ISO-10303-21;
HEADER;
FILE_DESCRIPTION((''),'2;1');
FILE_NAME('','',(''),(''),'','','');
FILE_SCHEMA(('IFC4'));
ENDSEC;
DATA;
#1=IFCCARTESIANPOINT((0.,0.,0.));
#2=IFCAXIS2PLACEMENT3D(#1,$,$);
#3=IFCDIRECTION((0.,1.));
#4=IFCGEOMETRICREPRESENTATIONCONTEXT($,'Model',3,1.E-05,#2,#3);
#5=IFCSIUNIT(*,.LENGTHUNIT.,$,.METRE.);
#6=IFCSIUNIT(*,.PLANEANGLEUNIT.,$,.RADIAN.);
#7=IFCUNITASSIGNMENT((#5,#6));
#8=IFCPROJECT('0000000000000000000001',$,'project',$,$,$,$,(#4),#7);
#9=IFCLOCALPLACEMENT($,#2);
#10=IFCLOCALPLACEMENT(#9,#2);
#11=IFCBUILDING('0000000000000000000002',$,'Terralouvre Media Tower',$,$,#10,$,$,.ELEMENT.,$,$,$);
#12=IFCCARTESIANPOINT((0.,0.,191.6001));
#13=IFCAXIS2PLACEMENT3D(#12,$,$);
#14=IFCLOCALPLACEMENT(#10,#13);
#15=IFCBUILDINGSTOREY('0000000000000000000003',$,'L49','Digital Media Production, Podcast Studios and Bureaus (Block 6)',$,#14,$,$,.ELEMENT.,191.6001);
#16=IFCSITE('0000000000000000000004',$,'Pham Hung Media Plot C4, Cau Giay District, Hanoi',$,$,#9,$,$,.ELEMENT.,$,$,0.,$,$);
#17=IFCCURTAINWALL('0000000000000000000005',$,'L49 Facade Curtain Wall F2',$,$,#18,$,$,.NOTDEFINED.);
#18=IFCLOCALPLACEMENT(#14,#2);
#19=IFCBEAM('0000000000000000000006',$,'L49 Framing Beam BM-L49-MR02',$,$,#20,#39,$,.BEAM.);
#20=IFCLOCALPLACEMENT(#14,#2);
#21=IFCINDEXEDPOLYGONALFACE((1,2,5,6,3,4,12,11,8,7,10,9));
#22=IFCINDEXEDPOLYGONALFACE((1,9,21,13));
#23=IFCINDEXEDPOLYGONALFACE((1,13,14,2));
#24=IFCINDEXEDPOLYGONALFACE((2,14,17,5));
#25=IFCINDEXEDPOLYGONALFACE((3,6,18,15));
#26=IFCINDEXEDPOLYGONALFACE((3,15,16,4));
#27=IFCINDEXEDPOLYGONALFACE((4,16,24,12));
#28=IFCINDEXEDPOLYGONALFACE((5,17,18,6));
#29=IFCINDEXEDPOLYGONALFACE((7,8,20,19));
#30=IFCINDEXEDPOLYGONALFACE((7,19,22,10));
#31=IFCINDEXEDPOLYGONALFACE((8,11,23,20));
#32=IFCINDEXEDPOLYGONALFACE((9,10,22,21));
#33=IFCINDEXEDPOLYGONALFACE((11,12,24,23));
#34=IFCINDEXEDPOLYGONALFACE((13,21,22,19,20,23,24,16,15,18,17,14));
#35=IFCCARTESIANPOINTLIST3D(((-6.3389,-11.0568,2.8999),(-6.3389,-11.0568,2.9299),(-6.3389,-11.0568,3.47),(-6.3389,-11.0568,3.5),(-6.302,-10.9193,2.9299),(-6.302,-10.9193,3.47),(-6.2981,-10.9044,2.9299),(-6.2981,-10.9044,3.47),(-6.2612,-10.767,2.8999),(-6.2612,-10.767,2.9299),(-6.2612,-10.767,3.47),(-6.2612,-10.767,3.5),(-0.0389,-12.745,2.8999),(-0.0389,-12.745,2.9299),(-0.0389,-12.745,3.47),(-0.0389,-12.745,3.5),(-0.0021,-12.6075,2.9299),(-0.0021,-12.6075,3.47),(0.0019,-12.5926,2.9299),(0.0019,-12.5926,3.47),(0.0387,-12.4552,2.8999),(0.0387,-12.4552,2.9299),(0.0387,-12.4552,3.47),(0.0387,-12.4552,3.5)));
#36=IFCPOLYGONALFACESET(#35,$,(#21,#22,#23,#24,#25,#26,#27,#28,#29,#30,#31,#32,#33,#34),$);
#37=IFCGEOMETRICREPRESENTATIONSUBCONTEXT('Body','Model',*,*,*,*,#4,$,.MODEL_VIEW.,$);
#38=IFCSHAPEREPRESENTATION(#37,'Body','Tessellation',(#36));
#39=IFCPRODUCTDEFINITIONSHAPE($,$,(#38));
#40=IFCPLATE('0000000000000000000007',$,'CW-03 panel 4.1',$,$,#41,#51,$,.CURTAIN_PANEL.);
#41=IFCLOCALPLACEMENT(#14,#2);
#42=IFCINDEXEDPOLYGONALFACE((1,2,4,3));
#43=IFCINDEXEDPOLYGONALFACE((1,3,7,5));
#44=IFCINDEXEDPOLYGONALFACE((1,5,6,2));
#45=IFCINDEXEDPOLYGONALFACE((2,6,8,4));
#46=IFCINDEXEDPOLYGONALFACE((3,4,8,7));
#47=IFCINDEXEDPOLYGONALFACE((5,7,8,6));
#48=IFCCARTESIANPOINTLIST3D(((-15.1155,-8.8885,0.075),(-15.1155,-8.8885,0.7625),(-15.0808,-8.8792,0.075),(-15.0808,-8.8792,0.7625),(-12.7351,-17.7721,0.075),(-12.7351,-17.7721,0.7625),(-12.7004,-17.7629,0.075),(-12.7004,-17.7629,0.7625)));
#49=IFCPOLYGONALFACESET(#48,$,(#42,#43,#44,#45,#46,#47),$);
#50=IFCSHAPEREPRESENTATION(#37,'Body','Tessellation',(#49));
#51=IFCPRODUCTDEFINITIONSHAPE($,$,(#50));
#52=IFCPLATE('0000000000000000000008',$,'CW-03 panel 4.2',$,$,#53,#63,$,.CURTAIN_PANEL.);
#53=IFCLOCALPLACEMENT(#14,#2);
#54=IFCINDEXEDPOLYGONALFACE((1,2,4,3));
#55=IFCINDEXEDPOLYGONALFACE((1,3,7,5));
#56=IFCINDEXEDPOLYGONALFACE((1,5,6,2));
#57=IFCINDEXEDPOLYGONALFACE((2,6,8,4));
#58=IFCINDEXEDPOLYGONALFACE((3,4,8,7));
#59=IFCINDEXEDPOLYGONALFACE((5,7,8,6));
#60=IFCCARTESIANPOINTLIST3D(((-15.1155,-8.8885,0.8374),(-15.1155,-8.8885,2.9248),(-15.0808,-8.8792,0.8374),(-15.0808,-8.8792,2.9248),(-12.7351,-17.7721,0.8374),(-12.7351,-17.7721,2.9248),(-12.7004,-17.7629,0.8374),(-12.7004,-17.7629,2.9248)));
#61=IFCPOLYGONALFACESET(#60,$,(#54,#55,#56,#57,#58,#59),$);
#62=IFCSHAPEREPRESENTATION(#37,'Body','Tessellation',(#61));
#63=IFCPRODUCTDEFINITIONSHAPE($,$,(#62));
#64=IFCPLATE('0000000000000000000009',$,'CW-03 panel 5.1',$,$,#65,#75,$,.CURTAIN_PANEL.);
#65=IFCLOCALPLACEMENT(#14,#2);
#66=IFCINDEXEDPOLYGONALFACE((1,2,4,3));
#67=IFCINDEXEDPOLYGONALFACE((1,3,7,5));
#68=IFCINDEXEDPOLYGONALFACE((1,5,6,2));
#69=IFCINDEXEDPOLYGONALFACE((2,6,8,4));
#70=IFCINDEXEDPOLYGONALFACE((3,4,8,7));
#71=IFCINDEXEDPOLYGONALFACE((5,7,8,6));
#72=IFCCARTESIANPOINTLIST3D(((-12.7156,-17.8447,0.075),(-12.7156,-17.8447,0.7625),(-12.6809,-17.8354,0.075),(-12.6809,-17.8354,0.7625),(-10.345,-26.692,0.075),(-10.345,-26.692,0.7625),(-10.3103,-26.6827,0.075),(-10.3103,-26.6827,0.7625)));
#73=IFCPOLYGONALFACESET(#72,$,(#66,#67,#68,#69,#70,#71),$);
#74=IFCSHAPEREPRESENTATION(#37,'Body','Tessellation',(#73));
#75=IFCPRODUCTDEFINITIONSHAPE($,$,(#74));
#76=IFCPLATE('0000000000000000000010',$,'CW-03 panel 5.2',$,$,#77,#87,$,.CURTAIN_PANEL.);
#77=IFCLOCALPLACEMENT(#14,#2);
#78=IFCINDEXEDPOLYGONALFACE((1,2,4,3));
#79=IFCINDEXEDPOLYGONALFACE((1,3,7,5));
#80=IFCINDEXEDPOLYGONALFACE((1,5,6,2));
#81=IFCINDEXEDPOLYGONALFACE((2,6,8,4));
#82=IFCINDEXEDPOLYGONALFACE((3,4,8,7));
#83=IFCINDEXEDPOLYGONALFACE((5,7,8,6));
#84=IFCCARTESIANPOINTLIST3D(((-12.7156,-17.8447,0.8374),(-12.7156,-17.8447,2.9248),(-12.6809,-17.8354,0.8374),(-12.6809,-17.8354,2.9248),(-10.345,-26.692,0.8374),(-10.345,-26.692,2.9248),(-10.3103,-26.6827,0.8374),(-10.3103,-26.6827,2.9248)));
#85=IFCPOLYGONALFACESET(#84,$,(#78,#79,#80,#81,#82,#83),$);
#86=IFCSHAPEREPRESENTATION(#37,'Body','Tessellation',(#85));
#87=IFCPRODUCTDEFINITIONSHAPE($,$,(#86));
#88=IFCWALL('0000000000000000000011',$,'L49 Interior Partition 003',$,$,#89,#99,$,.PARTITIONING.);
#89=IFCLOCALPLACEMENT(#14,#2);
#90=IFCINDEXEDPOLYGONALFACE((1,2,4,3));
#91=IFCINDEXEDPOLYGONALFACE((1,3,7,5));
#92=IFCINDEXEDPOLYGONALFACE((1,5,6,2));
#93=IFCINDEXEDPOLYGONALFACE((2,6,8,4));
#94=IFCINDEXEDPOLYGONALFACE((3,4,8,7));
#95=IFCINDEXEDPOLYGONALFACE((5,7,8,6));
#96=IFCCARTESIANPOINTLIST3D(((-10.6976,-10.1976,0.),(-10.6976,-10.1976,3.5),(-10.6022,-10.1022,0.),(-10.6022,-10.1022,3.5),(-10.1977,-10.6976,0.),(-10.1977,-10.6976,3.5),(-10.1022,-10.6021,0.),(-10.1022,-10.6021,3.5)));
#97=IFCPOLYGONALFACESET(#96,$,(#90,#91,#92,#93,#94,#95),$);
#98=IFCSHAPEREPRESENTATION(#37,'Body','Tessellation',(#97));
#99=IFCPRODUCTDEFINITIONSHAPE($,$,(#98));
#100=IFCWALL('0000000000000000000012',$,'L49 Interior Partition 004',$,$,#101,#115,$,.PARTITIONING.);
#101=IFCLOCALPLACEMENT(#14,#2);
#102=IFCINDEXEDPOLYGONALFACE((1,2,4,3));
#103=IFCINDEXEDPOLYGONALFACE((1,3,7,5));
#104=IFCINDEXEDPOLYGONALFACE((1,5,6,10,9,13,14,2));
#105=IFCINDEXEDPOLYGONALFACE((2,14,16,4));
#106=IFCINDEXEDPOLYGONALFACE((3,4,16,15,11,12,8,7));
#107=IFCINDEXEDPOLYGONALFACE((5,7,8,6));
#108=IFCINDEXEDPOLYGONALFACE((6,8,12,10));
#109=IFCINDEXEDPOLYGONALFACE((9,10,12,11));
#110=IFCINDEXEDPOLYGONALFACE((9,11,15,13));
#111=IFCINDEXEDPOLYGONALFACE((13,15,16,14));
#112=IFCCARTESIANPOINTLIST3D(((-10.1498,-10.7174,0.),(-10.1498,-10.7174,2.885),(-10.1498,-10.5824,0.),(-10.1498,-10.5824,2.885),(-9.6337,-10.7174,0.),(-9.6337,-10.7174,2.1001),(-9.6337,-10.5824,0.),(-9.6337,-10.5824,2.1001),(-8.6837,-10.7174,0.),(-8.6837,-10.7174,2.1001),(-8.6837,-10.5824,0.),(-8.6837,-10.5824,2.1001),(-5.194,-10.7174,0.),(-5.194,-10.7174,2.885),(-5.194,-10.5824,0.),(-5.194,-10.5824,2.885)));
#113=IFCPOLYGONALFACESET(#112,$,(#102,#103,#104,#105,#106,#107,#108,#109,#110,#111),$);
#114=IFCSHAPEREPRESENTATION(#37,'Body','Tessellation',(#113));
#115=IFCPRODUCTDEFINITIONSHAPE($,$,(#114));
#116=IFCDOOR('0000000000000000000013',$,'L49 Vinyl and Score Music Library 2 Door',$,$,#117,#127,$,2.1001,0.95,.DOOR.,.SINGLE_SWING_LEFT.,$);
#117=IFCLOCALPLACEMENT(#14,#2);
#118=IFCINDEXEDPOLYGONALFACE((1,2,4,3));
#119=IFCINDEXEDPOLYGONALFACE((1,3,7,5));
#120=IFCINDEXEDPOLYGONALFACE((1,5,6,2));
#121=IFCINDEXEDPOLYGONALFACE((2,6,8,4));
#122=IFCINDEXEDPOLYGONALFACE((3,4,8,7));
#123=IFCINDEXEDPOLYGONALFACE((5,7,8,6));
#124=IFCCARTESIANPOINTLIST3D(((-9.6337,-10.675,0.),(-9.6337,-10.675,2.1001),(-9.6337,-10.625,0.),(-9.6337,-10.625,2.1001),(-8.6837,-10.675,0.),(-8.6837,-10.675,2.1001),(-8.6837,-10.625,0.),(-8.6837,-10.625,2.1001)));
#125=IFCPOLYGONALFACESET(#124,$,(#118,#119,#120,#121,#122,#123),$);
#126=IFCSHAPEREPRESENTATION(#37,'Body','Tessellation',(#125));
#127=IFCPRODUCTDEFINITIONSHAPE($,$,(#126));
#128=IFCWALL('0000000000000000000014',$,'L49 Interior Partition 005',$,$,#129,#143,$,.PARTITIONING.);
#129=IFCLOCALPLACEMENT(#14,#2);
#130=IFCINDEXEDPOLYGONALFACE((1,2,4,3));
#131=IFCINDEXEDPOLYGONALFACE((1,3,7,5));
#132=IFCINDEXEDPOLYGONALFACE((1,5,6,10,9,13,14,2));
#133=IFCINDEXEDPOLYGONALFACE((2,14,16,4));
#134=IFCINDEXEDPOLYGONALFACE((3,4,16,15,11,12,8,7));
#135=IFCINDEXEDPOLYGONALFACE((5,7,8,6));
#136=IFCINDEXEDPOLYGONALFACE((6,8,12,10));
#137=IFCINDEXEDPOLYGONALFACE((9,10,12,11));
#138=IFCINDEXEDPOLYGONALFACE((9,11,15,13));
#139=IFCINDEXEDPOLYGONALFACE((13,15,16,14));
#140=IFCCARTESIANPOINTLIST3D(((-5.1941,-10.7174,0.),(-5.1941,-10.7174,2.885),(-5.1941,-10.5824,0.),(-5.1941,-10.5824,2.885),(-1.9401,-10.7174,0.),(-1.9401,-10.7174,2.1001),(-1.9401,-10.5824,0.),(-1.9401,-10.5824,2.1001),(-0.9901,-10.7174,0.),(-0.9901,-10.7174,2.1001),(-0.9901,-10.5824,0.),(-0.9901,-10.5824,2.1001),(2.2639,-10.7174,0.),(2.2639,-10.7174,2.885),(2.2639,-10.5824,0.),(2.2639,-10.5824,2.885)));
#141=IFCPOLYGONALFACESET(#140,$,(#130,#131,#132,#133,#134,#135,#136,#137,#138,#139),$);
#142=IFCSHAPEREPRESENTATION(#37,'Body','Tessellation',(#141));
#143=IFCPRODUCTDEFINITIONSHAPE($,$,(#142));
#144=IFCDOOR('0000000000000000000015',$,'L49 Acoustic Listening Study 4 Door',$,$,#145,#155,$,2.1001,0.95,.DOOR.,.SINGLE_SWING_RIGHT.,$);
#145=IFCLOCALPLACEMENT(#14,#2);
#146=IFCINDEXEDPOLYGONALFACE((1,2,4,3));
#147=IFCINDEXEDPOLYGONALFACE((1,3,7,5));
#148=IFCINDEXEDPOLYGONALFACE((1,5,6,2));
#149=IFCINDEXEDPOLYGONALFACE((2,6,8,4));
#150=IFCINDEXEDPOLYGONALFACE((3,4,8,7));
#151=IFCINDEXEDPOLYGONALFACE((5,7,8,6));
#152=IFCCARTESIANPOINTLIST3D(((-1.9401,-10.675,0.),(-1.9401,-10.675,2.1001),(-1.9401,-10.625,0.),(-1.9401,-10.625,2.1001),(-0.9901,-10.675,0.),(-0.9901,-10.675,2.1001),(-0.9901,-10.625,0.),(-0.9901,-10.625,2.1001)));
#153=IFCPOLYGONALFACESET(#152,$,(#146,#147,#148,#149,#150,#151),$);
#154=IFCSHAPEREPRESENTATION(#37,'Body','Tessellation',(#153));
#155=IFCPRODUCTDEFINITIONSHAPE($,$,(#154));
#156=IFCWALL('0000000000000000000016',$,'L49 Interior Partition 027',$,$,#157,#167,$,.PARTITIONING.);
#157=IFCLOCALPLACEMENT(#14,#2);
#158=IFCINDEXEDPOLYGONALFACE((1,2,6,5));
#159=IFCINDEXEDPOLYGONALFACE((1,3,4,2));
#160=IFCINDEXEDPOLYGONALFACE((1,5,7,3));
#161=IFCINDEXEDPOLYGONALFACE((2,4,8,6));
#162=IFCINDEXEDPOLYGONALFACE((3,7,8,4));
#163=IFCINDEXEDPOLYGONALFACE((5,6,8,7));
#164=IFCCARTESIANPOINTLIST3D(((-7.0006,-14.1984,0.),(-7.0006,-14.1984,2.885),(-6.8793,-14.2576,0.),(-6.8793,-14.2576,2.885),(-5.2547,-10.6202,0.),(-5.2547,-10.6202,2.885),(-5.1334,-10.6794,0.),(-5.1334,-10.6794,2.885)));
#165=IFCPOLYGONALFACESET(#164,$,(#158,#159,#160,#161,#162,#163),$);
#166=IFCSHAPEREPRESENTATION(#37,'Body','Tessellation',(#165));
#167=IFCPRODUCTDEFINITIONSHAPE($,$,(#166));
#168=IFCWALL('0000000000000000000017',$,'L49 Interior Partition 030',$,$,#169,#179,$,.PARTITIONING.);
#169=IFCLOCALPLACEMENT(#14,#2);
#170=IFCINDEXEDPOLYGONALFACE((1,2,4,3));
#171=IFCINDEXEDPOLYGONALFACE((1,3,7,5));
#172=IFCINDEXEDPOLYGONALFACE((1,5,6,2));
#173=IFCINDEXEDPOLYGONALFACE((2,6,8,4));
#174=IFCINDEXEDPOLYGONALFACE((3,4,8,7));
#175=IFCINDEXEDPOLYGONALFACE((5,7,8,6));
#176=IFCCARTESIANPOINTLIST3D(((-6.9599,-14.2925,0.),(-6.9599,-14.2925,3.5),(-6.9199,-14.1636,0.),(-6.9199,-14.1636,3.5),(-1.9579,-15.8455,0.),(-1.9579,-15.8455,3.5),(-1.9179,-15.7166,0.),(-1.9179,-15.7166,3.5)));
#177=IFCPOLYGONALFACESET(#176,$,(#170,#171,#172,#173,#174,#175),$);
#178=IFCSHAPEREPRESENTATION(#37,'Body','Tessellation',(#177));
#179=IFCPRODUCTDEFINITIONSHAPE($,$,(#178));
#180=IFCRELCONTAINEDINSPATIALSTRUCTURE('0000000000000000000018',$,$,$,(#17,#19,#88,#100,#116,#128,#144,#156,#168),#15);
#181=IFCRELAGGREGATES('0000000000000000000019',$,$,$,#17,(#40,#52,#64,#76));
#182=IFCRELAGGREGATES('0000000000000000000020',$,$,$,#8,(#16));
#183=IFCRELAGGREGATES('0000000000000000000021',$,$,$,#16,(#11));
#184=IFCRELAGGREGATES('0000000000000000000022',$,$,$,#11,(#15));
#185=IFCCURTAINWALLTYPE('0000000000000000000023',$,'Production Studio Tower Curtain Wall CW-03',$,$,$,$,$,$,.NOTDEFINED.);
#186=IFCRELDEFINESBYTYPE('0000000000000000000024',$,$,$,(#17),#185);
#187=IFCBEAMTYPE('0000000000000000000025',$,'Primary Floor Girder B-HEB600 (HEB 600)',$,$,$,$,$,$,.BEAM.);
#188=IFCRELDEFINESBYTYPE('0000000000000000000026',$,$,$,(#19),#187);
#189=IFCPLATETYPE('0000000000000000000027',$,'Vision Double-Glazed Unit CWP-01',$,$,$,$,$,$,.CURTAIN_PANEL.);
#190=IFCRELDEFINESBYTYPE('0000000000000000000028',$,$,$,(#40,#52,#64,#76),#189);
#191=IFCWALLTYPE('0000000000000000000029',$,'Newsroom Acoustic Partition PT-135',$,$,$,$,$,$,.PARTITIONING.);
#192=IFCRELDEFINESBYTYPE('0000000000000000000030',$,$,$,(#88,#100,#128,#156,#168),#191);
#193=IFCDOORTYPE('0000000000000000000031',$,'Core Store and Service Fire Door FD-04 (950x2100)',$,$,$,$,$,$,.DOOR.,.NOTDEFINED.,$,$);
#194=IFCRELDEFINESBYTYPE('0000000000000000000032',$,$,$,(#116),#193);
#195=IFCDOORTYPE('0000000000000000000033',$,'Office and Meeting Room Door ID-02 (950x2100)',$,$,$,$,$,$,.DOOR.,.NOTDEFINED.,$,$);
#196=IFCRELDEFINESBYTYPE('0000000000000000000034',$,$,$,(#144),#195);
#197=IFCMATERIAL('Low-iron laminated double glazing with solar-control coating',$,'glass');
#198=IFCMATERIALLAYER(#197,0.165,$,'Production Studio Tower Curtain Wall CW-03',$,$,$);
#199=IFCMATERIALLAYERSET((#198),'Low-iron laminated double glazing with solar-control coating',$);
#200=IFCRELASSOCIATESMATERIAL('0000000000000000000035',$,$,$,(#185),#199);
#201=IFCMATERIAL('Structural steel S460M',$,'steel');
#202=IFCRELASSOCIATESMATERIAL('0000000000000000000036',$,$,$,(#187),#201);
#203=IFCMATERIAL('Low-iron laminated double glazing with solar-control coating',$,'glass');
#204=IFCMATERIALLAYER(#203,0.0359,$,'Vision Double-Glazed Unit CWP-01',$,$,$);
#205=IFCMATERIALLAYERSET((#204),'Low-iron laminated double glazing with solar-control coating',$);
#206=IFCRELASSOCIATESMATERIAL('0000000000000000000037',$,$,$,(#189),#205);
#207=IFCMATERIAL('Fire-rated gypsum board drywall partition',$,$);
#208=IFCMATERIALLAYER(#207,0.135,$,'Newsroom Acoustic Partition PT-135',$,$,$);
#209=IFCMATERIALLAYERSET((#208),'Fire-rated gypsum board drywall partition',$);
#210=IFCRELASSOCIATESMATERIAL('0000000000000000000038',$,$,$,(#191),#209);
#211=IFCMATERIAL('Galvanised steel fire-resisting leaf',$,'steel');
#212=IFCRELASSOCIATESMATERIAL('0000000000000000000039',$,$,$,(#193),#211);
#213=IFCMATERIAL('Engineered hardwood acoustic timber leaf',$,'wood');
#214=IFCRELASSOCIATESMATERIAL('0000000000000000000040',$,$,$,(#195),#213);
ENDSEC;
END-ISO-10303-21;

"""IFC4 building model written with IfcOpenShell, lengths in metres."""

from ifc_helpers import new_model, si_unit, direction, frame, frame_2d, origin, origin_2d, place, context, subcontext, project, spatial, rectangle, i_section, extrude, material, layer, layer_set, material_profile, profile_set, type_object, element, fill, aggregate, save


model = new_model("IFC4")

# Units and contexts
model_context = context("Model", 3, precision=1e-05, world=origin(), true_north=direction((0.0, 1.0)))
body_context = subcontext(model_context, "Body", "Model", "MODEL_VIEW")
ifc_project = project(units=[si_unit("LENGTHUNIT", "METRE"), si_unit("PLANEANGLEUNIT", "RADIAN")], contexts=[model_context])

# Site, building, storey
site_placement = place(None, origin())
site = spatial("IfcSite", under=ifc_project, at=site_placement, Name="Pham Hung Media Plot C4, Cau Giay District, Hanoi", CompositionType="ELEMENT", RefElevation=0.0)
building_placement = place(site_placement, origin())
building = spatial("IfcBuilding", under=site, at=building_placement, Name="Terralouvre Media Tower", CompositionType="ELEMENT")
storey_placement = place(building_placement, frame((0.0, 0.0, 191.6001)))
storey = spatial("IfcBuildingStorey", under=building, at=storey_placement, Name="L49", Description="Digital Media Production, Podcast Studios and Bureaus (Block 6)", CompositionType="ELEMENT", Elevation=191.6001)

# Curtain wall
ifc_material_1 = material(Name="Low-iron laminated double glazing with solar-control coating", Category="glass")
ifc_layer_1 = layer(ifc_material_1, 0.165, Name="Production Studio Tower Curtain Wall CW-03")
ifc_layer_set_1 = layer_set([ifc_layer_1], Name="Low-iron laminated double glazing with solar-control coating")
curtain_wall_type = type_object("IfcCurtainWallType", Name="Production Studio Tower Curtain Wall CW-03", PredefinedType="NOTDEFINED", material=ifc_layer_set_1)
curtain_wall_placement = place(storey_placement, origin())
curtain_wall = element("IfcCurtainWall", 1, at=curtain_wall_placement, inside=storey, type_object=curtain_wall_type, Name="L49 Facade Curtain Wall F2", PredefinedType="NOTDEFINED")

# Beam
ifc_material_2 = material(Name="Structural steel S460M", Category="steel")
ifc_material_profile_1 = material_profile(ifc_material_2, i_section(OverallWidth=0.3, OverallDepth=0.6001, WebThickness=0.0154, FlangeThickness=0.03, at=origin_2d()), Name="HEB 600")
ifc_profile_set_1 = profile_set([ifc_material_profile_1], Name="Structural steel S460M")
beam_type_1 = type_object("IfcBeamType", Name="Primary Floor Girder B-HEB600 (HEB 600)", PredefinedType="BEAM", material=ifc_profile_set_1)
beam_1_placement = place(storey_placement, frame((-6.3, -10.9119, 3.2), z_axis=(0.96592, -0.258839, 0.0), x_axis=(0.258839, 0.96592, 0.0)))
element("IfcBeam", 2, at=beam_1_placement, inside=storey, type_object=beam_type_1, Name="L49 Framing Beam BM-L49-MR02", PredefinedType="BEAM", context=body_context, shape_type="SweptSolid", body=[
    extrude(i_section(OverallWidth=0.3, OverallDepth=0.6001, WebThickness=0.0154, FlangeThickness=0.03, at=origin_2d()), origin(), (0.0, 0.0, 1.0), 6.5222),
])

# Plates
ifc_material_3 = material(Name="Low-iron laminated double glazing with solar-control coating", Category="glass")
ifc_layer_2 = layer(ifc_material_3, 0.0359, Name="Vision Double-Glazed Unit CWP-01")
ifc_layer_set_2 = layer_set([ifc_layer_2], Name="Low-iron laminated double glazing with solar-control coating")
plate_type = type_object("IfcPlateType", Name="Vision Double-Glazed Unit CWP-01", PredefinedType="CURTAIN_PANEL", material=ifc_layer_set_2)
plate_1_placement = place(storey_placement, frame((-13.908, -13.3257, 0.075), z_axis=(0.0, 0.0, 1.0), x_axis=(0.258819, -0.965926, 0.0)))
plate_1 = element("IfcPlate", 3, at=plate_1_placement, type_object=plate_type, Name="CW-03 panel 4.1", PredefinedType="CURTAIN_PANEL", context=body_context, shape_type="SweptSolid", body=[
    extrude(rectangle(XDim=9.197, YDim=0.0359, at=origin_2d()), origin(), (0.0, 0.0, 1.0), 0.6875),
])
plate_2_placement = place(storey_placement, frame((-13.908, -13.3257, 0.8374), z_axis=(0.0, 0.0, 1.0), x_axis=(0.258819, -0.965926, 0.0)))
plate_2 = element("IfcPlate", 4, at=plate_2_placement, type_object=plate_type, Name="CW-03 panel 4.2", PredefinedType="CURTAIN_PANEL", context=body_context, shape_type="SweptSolid", body=[
    extrude(rectangle(XDim=9.197, YDim=0.0359, at=origin_2d()), origin(), (0.0, 0.0, 1.0), 2.0874),
])
plate_3_placement = place(storey_placement, frame((-11.5129, -22.2637, 0.075), z_axis=(0.0, 0.0, 1.0), x_axis=(0.258819, -0.965926, 0.0)))
plate_3 = element("IfcPlate", 5, at=plate_3_placement, type_object=plate_type, Name="CW-03 panel 5.1", PredefinedType="CURTAIN_PANEL", context=body_context, shape_type="SweptSolid", body=[
    extrude(rectangle(XDim=9.1594, YDim=0.0359, at=origin_2d()), origin(), (0.0, 0.0, 1.0), 0.6875),
])
plate_4_placement = place(storey_placement, frame((-11.5129, -22.2637, 0.8374), z_axis=(0.0, 0.0, 1.0), x_axis=(0.258819, -0.965926, 0.0)))
plate_4 = element("IfcPlate", 6, at=plate_4_placement, type_object=plate_type, Name="CW-03 panel 5.2", PredefinedType="CURTAIN_PANEL", context=body_context, shape_type="SweptSolid", body=[
    extrude(rectangle(XDim=9.1594, YDim=0.0359, at=origin_2d()), origin(), (0.0, 0.0, 1.0), 2.0874),
])
aggregate(curtain_wall, [plate_1, plate_2, plate_3, plate_4])

# Wall
ifc_material_4 = material(Name="Fire-rated gypsum board drywall partition")
ifc_layer_3 = layer(ifc_material_4, 0.135, Name="Newsroom Acoustic Partition PT-135")
ifc_layer_set_3 = layer_set([ifc_layer_3], Name="Fire-rated gypsum board drywall partition")
wall_type = type_object("IfcWallType", Name="Newsroom Acoustic Partition PT-135", PredefinedType="PARTITIONING", material=ifc_layer_set_3)
wall_1_placement = place(storey_placement, frame((-10.6499, -10.1499, 0.0), z_axis=(0.0, 0.0, 1.0), x_axis=(0.707107, -0.707107, 0.0)))
element("IfcWall", 7, at=wall_1_placement, inside=storey, type_object=wall_type, Name="L49 Interior Partition 003", PredefinedType="PARTITIONING", context=body_context, shape_type="SweptSolid", body=[
    extrude(rectangle(XDim=0.707, YDim=0.135, at=frame_2d((0.3535, 0.0))), origin(), (0.0, 0.0, 1.0), 3.5),
])

# Walls, openings, doors
wall_2_placement = place(storey_placement, frame((-10.1499, -10.6499, 0.0), z_axis=(0.0, 0.0, 1.0), x_axis=(1.0, 0.0, 0.0)))
wall_2 = element("IfcWall", 8, at=wall_2_placement, inside=storey, type_object=wall_type, Name="L49 Interior Partition 004", PredefinedType="PARTITIONING", context=body_context, shape_type="SweptSolid", body=[
    extrude(rectangle(XDim=4.9558, YDim=0.135, at=frame_2d((2.478, 0.0))), origin(), (0.0, 0.0, 1.0), 2.885),
])
opening_1_placement = place(wall_2_placement, frame((0.5161, 0.0, 0.0)))
opening_1 = element("IfcOpeningElement", 9, at=opening_1_placement, cuts=wall_2, PredefinedType="OPENING", context=body_context, shape_type="SweptSolid", body=[
    extrude(rectangle(XDim=0.95, YDim=2.1001, at=frame_2d((0.4751, 1.05))), frame((0.0, 0.0774, 0.0), z_axis=(0.0, -1.0, 0.0), x_axis=(1.0, 0.0, 0.0)), (0.0, 0.0, 1.0), 0.155),
])
ifc_material_5 = material(Name="Galvanised steel fire-resisting leaf", Category="steel")
door_type_1 = type_object("IfcDoorType", Name="Core Store and Service Fire Door FD-04 (950x2100)", OperationType="NOTDEFINED", PredefinedType="DOOR", material=ifc_material_5)
door_1_placement = place(opening_1_placement, origin())
door_1 = element("IfcDoor", 10, at=door_1_placement, inside=storey, type_object=door_type_1, Name="L49 Vinyl and Score Music Library 2 Door", OperationType="SINGLE_SWING_LEFT", OverallHeight=2.1001, OverallWidth=0.95, PredefinedType="DOOR", context=body_context, shape_type="SweptSolid", body=[
    extrude(rectangle(XDim=0.95, YDim=2.1001, at=frame_2d((0.4751, 1.05))), frame((0.0, 0.0249, 0.0), z_axis=(0.0, -1.0, 0.0), x_axis=(1.0, 0.0, 0.0)), (0.0, 0.0, 1.0), 0.05),
])
fill(opening_1, door_1)
wall_3_placement = place(storey_placement, frame((-5.1941, -10.6499, 0.0), z_axis=(0.0, 0.0, 1.0), x_axis=(1.0, 0.0, 0.0)))
wall_3 = element("IfcWall", 11, at=wall_3_placement, inside=storey, type_object=wall_type, Name="L49 Interior Partition 005", PredefinedType="PARTITIONING", context=body_context, shape_type="SweptSolid", body=[
    extrude(rectangle(XDim=7.458, YDim=0.135, at=frame_2d((3.729, 0.0))), origin(), (0.0, 0.0, 1.0), 2.885),
])
opening_2_placement = place(wall_3_placement, frame((3.2539, 0.0, 0.0)))
opening_2 = element("IfcOpeningElement", 12, at=opening_2_placement, cuts=wall_3, PredefinedType="OPENING", context=body_context, shape_type="SweptSolid", body=[
    extrude(rectangle(XDim=0.95, YDim=2.1001, at=frame_2d((0.4751, 1.05))), frame((0.0, 0.0774, 0.0), z_axis=(0.0, -1.0, 0.0), x_axis=(1.0, 0.0, 0.0)), (0.0, 0.0, 1.0), 0.155),
])
ifc_material_6 = material(Name="Engineered hardwood acoustic timber leaf", Category="wood")
door_type_2 = type_object("IfcDoorType", Name="Office and Meeting Room Door ID-02 (950x2100)", OperationType="NOTDEFINED", PredefinedType="DOOR", material=ifc_material_6)
door_2_placement = place(opening_2_placement, origin())
door_2 = element("IfcDoor", 13, at=door_2_placement, inside=storey, type_object=door_type_2, Name="L49 Acoustic Listening Study 4 Door", OperationType="SINGLE_SWING_RIGHT", OverallHeight=2.1001, OverallWidth=0.95, PredefinedType="DOOR", context=body_context, shape_type="SweptSolid", body=[
    extrude(rectangle(XDim=0.95, YDim=2.1001, at=frame_2d((0.4751, 1.05))), frame((0.0, 0.0249, 0.0), z_axis=(0.0, -1.0, 0.0), x_axis=(1.0, 0.0, 0.0)), (0.0, 0.0, 1.0), 0.05),
])
fill(opening_2, door_2)

# Walls
wall_4_placement = place(storey_placement, frame((-6.9399, -14.228, 0.0), z_axis=(0.0, 0.0, 1.0), x_axis=(0.438509, 0.898727, 0.0)))
element("IfcWall", 14, at=wall_4_placement, inside=storey, type_object=wall_type, Name="L49 Interior Partition 027", PredefinedType="PARTITIONING", context=body_context, shape_type="SweptSolid", body=[
    extrude(rectangle(XDim=3.9814, YDim=0.135, at=frame_2d((1.9907, 0.0))), origin(), (0.0, 0.0, 1.0), 2.885),
])
wall_5_placement = place(storey_placement, frame((-1.938, -15.781, 0.0), z_axis=(0.0, 0.0, 1.0), x_axis=(-0.955029, 0.296512, 0.0)))
element("IfcWall", 15, at=wall_5_placement, inside=storey, type_object=wall_type, Name="L49 Interior Partition 030", PredefinedType="PARTITIONING", context=body_context, shape_type="SweptSolid", body=[
    extrude(rectangle(XDim=5.2375, YDim=0.135, at=frame_2d((2.6187, 0.0))), origin(), (0.0, 0.0, 1.0), 3.5),
])

save(model, "model.ifc")
